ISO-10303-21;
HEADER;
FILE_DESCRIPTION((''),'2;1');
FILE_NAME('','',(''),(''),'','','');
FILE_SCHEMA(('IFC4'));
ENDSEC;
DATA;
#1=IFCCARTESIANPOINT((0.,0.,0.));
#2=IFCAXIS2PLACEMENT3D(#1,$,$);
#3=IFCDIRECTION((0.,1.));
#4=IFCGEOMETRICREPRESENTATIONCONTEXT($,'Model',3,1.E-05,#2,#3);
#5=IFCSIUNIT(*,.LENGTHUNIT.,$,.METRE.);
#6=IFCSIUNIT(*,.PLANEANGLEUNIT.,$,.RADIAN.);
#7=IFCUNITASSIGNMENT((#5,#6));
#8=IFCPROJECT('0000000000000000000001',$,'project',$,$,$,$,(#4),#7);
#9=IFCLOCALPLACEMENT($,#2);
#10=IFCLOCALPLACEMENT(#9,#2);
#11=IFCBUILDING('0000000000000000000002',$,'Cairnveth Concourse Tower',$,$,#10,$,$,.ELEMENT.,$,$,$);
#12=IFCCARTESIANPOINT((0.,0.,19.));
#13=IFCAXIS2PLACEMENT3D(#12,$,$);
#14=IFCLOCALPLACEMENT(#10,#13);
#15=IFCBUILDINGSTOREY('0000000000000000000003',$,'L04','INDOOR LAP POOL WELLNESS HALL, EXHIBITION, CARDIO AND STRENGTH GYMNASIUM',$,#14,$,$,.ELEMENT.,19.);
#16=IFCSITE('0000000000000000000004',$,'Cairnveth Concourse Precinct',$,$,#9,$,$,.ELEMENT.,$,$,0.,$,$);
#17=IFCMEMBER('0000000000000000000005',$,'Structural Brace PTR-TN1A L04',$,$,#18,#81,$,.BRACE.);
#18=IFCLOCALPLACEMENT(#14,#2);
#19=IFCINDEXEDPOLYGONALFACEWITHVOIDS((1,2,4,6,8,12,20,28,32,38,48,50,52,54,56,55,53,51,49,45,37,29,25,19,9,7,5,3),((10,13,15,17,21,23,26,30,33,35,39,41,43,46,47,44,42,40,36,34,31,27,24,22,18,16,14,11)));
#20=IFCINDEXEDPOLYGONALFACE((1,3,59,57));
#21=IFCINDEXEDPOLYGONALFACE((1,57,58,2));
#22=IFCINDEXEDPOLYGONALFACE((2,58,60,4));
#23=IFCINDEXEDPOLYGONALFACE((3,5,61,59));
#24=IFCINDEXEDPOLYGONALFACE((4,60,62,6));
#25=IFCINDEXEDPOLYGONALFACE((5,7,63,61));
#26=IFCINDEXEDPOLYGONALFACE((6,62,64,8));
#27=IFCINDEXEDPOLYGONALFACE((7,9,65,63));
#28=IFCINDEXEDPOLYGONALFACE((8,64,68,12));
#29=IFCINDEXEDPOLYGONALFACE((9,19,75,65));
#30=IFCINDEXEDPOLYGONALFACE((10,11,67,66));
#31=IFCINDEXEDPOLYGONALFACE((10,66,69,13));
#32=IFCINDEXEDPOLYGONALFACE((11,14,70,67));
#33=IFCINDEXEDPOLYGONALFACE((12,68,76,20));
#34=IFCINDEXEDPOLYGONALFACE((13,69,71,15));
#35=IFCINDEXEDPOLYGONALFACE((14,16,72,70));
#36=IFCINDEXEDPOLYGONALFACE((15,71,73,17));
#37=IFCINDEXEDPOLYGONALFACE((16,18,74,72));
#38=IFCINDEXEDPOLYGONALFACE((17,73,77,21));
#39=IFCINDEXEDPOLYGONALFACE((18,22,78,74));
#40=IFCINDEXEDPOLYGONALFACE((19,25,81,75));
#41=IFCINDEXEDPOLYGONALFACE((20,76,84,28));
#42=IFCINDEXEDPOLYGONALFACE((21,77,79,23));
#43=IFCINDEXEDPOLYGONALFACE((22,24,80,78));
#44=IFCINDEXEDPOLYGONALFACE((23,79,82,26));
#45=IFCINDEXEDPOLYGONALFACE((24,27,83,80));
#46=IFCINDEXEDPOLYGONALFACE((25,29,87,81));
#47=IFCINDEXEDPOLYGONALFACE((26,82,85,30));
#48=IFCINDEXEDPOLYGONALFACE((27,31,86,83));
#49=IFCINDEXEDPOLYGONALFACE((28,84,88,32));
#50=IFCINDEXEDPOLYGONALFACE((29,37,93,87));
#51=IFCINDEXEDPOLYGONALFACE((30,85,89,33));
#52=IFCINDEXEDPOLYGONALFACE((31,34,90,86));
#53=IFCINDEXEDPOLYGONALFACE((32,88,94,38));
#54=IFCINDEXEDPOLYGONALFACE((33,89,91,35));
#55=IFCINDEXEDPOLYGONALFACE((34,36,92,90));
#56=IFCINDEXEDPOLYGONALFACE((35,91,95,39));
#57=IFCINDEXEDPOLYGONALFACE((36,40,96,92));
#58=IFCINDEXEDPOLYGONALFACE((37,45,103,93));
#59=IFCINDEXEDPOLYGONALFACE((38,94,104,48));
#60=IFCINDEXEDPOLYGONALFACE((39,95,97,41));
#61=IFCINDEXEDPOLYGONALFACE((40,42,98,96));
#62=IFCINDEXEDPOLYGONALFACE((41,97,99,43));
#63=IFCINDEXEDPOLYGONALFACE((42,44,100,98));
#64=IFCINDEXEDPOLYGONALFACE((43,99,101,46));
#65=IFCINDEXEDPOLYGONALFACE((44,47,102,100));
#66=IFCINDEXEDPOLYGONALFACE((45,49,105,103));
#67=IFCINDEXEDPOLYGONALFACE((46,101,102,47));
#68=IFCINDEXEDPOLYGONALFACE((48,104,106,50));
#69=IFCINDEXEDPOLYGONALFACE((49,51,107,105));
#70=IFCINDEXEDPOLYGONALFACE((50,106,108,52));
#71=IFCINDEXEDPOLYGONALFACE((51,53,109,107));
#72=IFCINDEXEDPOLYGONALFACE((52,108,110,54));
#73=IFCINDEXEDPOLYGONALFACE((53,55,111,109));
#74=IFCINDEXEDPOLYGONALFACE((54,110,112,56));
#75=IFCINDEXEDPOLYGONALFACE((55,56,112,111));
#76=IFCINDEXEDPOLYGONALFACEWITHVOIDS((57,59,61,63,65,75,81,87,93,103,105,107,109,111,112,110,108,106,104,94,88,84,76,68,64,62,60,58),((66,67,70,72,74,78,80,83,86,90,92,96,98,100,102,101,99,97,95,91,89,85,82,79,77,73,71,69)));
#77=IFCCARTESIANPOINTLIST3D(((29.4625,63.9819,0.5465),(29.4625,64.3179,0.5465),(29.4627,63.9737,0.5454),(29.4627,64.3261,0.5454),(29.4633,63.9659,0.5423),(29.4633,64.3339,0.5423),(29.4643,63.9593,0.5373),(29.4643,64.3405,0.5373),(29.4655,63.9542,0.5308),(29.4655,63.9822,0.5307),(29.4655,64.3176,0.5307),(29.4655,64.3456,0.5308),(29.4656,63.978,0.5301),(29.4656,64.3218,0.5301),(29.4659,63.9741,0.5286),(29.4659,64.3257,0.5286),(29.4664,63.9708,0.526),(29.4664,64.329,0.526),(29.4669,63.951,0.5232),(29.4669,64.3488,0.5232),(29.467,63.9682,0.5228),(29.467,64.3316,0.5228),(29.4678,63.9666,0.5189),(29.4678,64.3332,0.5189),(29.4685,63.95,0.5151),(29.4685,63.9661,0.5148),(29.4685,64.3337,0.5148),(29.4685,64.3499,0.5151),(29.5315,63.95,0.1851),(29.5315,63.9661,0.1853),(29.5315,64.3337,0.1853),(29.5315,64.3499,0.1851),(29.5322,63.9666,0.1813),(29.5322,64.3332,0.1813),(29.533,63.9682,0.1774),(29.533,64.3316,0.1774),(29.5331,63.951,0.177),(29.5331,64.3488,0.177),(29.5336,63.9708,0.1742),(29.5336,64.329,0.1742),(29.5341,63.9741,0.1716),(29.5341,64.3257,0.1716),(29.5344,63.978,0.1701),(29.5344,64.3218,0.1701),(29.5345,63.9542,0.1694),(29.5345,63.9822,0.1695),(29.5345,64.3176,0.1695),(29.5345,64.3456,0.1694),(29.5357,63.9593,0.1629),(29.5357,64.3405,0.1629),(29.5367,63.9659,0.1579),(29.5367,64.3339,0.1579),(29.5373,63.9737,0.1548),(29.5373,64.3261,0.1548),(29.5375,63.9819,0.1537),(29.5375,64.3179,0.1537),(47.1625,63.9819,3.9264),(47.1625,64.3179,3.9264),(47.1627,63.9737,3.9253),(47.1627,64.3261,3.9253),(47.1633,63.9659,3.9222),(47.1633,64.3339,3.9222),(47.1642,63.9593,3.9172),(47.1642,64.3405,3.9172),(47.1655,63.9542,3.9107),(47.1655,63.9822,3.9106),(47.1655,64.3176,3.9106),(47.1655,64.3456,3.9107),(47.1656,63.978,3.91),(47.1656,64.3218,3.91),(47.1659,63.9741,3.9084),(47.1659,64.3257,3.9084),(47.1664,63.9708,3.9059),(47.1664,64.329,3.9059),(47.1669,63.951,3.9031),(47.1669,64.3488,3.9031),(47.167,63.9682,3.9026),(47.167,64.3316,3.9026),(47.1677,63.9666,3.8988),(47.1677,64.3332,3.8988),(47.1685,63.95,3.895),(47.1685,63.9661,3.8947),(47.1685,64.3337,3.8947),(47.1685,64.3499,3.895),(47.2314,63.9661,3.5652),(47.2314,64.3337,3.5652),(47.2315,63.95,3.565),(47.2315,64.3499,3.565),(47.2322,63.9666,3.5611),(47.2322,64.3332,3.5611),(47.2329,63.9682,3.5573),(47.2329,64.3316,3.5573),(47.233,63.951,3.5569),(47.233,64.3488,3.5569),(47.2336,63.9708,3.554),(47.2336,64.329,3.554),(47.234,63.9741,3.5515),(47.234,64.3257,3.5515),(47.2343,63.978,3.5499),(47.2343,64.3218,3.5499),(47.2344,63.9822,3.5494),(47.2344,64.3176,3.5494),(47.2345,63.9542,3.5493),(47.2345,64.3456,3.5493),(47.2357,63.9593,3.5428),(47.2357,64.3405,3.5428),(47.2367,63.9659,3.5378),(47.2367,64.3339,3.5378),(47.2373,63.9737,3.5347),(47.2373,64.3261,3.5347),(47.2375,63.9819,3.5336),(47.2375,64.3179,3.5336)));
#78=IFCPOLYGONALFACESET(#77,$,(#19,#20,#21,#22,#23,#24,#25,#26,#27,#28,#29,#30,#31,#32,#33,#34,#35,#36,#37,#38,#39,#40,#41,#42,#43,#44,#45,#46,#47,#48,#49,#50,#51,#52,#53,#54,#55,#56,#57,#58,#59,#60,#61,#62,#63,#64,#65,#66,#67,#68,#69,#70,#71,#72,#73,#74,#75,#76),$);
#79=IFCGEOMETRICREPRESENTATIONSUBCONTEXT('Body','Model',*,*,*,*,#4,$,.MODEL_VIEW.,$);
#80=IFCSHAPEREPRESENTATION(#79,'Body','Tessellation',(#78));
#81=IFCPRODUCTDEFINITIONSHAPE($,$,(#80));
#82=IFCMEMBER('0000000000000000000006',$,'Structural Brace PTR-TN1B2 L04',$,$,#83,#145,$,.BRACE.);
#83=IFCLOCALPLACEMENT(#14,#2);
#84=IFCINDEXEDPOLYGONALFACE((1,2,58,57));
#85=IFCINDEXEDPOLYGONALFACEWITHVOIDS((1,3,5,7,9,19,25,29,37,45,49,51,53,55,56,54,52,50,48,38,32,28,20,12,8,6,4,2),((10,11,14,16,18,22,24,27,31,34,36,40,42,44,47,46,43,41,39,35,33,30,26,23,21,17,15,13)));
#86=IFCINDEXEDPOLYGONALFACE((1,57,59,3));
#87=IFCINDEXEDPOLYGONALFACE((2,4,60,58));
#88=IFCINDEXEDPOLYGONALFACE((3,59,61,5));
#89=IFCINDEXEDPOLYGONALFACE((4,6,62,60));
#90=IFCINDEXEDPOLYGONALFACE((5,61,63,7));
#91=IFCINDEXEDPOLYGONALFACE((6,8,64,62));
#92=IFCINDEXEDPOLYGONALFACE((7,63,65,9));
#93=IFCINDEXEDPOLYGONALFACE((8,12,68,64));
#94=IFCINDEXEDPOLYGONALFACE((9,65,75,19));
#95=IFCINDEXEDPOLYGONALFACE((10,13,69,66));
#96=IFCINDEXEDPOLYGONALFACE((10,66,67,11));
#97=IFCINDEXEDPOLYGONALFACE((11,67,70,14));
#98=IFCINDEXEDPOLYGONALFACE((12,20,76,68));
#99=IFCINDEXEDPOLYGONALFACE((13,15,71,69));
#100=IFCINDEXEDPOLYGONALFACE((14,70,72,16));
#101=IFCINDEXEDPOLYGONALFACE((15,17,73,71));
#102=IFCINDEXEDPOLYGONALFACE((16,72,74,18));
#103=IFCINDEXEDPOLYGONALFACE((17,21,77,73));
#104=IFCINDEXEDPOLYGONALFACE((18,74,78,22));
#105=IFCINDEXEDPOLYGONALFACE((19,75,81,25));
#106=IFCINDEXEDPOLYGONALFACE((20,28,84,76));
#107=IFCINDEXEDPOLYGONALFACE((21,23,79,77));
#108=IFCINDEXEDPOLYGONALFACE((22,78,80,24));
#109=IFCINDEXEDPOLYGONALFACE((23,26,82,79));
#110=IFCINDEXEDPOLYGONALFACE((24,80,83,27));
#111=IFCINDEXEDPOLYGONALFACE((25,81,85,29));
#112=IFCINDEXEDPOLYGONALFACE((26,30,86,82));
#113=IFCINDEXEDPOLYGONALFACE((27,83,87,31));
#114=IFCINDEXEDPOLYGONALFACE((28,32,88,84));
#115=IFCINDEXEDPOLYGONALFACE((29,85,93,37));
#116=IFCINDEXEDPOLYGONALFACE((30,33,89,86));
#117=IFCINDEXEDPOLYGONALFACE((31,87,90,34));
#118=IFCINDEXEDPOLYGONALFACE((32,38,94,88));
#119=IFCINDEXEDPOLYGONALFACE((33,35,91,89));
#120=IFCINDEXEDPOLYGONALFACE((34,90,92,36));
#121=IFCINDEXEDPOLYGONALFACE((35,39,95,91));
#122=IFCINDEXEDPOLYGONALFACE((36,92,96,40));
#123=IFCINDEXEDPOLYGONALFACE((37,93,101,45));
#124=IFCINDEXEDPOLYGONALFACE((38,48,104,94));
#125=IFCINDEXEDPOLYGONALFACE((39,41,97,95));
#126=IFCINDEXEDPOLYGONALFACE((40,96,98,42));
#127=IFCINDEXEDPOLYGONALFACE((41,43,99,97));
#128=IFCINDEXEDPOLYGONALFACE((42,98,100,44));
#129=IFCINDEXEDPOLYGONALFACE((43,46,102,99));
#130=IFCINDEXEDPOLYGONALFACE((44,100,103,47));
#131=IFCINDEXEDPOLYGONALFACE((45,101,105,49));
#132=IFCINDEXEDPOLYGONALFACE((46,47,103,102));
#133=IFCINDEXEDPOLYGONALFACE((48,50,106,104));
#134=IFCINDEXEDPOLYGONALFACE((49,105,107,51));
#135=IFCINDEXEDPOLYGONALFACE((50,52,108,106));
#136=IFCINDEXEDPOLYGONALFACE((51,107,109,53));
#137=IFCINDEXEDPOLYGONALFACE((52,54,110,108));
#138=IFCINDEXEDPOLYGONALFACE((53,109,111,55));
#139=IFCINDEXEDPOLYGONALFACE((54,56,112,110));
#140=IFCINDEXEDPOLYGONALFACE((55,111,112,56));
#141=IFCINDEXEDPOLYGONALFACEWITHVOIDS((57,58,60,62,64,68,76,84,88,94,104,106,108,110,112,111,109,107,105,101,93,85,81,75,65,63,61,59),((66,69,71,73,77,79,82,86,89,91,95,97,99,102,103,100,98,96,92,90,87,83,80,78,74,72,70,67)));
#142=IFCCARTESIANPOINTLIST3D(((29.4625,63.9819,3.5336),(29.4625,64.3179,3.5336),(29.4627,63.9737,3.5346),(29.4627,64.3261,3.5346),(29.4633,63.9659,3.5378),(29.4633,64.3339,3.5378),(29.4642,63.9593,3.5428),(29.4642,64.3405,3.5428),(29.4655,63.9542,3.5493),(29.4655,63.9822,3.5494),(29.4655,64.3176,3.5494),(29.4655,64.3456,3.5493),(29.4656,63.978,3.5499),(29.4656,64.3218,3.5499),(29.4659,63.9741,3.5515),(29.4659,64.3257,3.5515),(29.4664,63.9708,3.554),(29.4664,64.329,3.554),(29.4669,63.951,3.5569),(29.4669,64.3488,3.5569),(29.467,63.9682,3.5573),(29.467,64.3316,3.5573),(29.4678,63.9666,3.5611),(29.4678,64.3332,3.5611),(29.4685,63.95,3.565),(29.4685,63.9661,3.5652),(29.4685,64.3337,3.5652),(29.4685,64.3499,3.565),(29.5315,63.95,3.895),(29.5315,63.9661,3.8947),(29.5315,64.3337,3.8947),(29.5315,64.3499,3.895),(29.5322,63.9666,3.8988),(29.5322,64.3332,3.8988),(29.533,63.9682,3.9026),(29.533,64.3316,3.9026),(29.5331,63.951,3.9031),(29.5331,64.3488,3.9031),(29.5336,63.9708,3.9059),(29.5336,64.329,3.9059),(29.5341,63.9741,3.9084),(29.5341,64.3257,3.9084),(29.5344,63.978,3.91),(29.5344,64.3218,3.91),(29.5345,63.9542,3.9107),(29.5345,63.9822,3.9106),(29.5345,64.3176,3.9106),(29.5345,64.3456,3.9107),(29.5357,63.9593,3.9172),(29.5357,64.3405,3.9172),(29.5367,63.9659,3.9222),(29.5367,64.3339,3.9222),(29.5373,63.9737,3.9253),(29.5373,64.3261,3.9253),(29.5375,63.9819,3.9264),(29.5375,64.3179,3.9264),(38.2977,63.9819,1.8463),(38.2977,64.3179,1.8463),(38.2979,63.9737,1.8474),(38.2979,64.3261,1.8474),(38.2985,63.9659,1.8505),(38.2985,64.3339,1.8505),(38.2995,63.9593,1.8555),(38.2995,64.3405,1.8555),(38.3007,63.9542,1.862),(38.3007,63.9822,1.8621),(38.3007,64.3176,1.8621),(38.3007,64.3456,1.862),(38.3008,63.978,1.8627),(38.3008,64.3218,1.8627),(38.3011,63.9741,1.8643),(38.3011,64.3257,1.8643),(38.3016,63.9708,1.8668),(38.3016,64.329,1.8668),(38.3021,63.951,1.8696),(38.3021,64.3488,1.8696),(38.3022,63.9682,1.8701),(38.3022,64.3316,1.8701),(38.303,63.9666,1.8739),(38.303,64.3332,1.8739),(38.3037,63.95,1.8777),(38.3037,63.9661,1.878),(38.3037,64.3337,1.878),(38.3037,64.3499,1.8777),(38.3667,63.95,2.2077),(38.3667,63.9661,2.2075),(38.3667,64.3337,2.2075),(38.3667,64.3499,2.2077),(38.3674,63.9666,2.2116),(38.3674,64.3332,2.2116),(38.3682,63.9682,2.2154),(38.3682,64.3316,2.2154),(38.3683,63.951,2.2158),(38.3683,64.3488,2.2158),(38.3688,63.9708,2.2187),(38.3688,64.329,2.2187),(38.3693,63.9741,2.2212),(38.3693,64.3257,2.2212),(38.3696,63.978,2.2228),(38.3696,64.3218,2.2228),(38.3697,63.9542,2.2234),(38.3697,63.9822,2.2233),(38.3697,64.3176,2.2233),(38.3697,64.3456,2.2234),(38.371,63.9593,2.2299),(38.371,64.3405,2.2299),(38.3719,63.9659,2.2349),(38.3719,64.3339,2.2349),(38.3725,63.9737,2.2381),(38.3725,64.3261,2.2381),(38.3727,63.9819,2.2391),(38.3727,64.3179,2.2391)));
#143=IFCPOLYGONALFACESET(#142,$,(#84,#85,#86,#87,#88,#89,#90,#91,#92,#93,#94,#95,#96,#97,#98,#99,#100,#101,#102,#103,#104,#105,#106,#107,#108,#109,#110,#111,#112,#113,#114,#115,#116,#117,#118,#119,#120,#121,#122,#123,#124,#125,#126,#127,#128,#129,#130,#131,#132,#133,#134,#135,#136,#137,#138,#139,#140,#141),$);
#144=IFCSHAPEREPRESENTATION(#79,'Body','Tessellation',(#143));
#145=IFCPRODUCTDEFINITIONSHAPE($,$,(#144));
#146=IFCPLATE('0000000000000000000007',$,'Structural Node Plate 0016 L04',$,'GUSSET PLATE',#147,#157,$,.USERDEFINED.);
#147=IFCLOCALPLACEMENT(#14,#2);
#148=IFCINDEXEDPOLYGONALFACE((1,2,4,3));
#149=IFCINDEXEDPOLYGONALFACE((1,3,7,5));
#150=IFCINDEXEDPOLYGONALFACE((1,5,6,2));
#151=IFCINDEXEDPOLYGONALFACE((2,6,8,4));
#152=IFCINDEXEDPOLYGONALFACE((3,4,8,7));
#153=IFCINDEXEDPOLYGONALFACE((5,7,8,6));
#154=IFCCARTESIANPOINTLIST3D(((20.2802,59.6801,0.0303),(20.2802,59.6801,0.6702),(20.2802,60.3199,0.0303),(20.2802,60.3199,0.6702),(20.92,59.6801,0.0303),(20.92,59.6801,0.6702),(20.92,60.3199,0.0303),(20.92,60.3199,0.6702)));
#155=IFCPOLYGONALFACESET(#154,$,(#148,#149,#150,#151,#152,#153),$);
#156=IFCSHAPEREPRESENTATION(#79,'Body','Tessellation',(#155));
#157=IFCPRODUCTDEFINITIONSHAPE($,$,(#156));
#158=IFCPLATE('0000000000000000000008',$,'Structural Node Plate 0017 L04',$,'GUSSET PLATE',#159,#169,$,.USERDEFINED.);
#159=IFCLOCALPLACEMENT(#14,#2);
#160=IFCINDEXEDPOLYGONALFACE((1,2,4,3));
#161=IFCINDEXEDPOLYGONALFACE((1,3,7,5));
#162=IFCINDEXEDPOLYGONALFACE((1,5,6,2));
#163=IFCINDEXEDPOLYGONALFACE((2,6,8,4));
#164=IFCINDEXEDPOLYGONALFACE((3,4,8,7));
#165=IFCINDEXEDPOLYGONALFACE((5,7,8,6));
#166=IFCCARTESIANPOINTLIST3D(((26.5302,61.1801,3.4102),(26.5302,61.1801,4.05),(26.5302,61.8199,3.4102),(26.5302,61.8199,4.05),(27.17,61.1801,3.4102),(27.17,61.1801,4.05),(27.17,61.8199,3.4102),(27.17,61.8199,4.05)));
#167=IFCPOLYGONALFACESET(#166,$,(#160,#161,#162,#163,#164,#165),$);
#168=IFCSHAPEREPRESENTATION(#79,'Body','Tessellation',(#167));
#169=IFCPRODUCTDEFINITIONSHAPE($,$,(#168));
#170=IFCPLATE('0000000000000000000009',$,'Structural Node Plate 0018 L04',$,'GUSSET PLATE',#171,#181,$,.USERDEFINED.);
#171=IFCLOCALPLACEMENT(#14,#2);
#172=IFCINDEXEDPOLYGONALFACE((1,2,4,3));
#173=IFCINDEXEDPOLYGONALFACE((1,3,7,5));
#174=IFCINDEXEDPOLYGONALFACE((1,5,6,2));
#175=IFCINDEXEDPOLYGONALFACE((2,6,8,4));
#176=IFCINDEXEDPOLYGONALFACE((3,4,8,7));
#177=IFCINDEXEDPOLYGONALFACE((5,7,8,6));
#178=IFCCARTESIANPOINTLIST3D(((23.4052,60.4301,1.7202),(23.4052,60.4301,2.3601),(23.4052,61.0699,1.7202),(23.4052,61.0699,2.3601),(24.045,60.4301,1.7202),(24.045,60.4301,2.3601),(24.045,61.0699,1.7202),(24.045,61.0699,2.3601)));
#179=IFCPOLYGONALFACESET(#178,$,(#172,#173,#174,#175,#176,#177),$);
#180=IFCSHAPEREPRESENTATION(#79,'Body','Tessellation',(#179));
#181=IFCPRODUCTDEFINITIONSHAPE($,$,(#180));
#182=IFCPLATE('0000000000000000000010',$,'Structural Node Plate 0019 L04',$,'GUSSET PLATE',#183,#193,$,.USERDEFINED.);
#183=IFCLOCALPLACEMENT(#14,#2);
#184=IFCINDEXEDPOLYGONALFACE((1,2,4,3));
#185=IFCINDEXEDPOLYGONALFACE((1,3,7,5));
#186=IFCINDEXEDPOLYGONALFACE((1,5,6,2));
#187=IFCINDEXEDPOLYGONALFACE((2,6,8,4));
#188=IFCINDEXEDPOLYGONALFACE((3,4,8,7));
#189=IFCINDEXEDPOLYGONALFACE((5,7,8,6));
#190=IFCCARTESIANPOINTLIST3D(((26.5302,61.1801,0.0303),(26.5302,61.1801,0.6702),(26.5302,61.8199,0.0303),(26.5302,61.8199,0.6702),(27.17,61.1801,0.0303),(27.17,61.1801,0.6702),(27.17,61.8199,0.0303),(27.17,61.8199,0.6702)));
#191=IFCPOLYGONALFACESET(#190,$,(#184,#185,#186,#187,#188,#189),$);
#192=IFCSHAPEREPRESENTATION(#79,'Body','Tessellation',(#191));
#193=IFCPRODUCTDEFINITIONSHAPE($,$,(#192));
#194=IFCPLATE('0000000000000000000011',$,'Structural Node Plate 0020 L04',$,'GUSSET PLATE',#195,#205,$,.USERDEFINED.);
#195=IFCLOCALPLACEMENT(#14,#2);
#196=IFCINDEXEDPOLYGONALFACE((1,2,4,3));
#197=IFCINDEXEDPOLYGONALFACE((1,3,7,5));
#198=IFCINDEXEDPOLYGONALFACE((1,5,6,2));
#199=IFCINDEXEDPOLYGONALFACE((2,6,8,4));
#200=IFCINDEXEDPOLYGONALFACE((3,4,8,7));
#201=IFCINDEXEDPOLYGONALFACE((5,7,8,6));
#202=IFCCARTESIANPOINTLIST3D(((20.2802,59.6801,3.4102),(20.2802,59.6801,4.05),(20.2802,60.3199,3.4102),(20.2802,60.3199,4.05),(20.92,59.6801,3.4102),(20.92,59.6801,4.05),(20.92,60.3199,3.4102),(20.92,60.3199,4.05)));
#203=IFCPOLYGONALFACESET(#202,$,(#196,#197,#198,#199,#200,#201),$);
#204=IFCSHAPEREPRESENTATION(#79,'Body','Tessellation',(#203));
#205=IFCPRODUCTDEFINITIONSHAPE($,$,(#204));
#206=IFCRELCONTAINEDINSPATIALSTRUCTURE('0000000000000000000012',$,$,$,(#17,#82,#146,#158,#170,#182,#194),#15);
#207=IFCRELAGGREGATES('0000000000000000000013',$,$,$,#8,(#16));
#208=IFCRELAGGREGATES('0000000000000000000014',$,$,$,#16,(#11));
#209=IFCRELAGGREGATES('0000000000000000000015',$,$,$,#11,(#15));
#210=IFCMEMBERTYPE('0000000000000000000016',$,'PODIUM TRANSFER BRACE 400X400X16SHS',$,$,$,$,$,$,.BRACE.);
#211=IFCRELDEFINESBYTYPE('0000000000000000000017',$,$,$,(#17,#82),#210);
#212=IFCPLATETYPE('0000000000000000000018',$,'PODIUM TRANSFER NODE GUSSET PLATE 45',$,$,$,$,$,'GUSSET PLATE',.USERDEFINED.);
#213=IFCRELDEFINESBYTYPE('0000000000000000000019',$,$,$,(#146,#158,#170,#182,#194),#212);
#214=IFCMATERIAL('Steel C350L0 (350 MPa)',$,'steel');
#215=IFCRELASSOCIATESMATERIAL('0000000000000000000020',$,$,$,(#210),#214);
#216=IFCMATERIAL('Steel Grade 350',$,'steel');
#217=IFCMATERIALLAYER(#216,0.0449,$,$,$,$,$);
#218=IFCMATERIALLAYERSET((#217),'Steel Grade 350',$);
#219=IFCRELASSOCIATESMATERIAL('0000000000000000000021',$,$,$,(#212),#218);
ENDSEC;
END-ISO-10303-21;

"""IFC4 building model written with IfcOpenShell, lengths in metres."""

from ifc_helpers import new_model, si_unit, direction, frame, origin, origin_2d, place, context, subcontext, project, spatial, rectangle, hollow_rectangle, extrude, material, layer, layer_set, material_profile, profile_set, type_object, element, save


model = new_model("IFC4")

# Units and contexts
model_context = context("Model", 3, precision=1e-05, world=origin(), true_north=direction((0.0, 1.0)))
body_context = subcontext(model_context, "Body", "Model", "MODEL_VIEW")
ifc_project = project(units=[si_unit("LENGTHUNIT", "METRE"), si_unit("PLANEANGLEUNIT", "RADIAN")], contexts=[model_context])

# Site, building, storey
site_placement = place(None, origin())
site = spatial("IfcSite", under=ifc_project, at=site_placement, Name="Cairnveth Concourse Precinct", CompositionType="ELEMENT", RefElevation=0.0)
building_placement = place(site_placement, origin())
building = spatial("IfcBuilding", under=site, at=building_placement, Name="Cairnveth Concourse Tower", CompositionType="ELEMENT")
storey_placement = place(building_placement, frame((0.0, 0.0, 19.0)))
storey = spatial("IfcBuildingStorey", under=building, at=storey_placement, Name="L04", Description="INDOOR LAP POOL WELLNESS HALL, EXHIBITION, CARDIO AND STRENGTH GYMNASIUM", CompositionType="ELEMENT", Elevation=19.0)

# Shared definitions
ifc_material_1 = material(Name="Steel Grade 350", Category="steel")

# Members
ifc_material_2 = material(Name="Steel C350L0 (350 MPa)", Category="steel")
ifc_material_profile_1 = material_profile(ifc_material_2, hollow_rectangle(XDim=0.3999, YDim=0.3999, WallThickness=0.0161, InnerFilletRadius=0.0161, OuterFilletRadius=0.032, at=origin_2d()), Name="400x400x16.0SHS")
ifc_profile_set_1 = profile_set([ifc_material_profile_1], Name="Steel C350L0 (350 MPa)")
member_type = type_object("IfcMemberType", Name="PODIUM TRANSFER BRACE 400X400X16SHS", PredefinedType="BRACE", material=ifc_profile_set_1)
member_1_placement = place(storey_placement, frame((29.5, 64.1499, 0.3501), z_axis=(0.982252, 0.0, 0.187565), x_axis=(0.0, 1.0, 0.0)))
element("IfcMember", 1, at=member_1_placement, inside=storey, type_object=member_type, Name="Structural Brace PTR-TN1A L04", PredefinedType="BRACE", context=body_context, shape_type="SweptSolid", body=[
    extrude(hollow_rectangle(XDim=0.3999, YDim=0.3999, WallThickness=0.0161, InnerFilletRadius=0.0161, OuterFilletRadius=0.032, at=origin_2d()), origin(), (0.0, 0.0, 1.0), 18.0198),
])
member_2_placement = place(storey_placement, frame((38.3352, 64.1499, 2.0427), z_axis=(-0.982249, 0.0, 0.18758), x_axis=(0.0, -1.0, 0.0)))
element("IfcMember", 2, at=member_2_placement, inside=storey, type_object=member_type, Name="Structural Brace PTR-TN1B2 L04", PredefinedType="BRACE", context=body_context, shape_type="SweptSolid", body=[
    extrude(hollow_rectangle(XDim=0.3999, YDim=0.3999, WallThickness=0.0161, InnerFilletRadius=0.0161, OuterFilletRadius=0.032, at=origin_2d()), origin(), (0.0, 0.0, 1.0), 8.9949),
])

# Plates
ifc_layer_1 = layer(ifc_material_1, 0.0449)
ifc_layer_set_1 = layer_set([ifc_layer_1], Name="Steel Grade 350")
plate_type = type_object("IfcPlateType", Name="PODIUM TRANSFER NODE GUSSET PLATE 45", ElementType="GUSSET PLATE", PredefinedType="USERDEFINED", material=ifc_layer_set_1)
for number, where, z_axis, x_axis, name in (
    (3, (20.6001, 60.0, 0.0303), (0.0, 0.0, 1.0), (1.0, 0.0, 0.0), "Structural Node Plate 0016 L04"),
    (4, (26.8501, 61.5, 3.4102), (0.0, 0.0, 1.0), (1.0, 0.0, 0.0), "Structural Node Plate 0017 L04"),
    (5, (23.7251, 60.75, 1.7202), (0.0, 0.0, 1.0), (1.0, 0.0, 0.0), "Structural Node Plate 0018 L04"),
    (6, (26.8501, 61.5, 0.0303), (0.0, 0.0, 1.0), (1.0, 0.0, 0.0), "Structural Node Plate 0019 L04"),
    (7, (20.6001, 60.0, 3.4102), (0.0, 0.0, 1.0), (1.0, 0.0, 0.0), "Structural Node Plate 0020 L04"),
):
    element("IfcPlate", number, at=place(storey_placement, frame(where, z_axis=z_axis, x_axis=x_axis)), inside=storey, type_object=plate_type, Name=name, ObjectType="GUSSET PLATE", PredefinedType="USERDEFINED", context=body_context, shape_type="SweptSolid", body=[
        extrude(rectangle(XDim=0.6399, YDim=0.6399, at=origin_2d()), origin(), (0.0, 0.0, 1.0), 0.6399),
    ])

save(model, "model.ifc")
